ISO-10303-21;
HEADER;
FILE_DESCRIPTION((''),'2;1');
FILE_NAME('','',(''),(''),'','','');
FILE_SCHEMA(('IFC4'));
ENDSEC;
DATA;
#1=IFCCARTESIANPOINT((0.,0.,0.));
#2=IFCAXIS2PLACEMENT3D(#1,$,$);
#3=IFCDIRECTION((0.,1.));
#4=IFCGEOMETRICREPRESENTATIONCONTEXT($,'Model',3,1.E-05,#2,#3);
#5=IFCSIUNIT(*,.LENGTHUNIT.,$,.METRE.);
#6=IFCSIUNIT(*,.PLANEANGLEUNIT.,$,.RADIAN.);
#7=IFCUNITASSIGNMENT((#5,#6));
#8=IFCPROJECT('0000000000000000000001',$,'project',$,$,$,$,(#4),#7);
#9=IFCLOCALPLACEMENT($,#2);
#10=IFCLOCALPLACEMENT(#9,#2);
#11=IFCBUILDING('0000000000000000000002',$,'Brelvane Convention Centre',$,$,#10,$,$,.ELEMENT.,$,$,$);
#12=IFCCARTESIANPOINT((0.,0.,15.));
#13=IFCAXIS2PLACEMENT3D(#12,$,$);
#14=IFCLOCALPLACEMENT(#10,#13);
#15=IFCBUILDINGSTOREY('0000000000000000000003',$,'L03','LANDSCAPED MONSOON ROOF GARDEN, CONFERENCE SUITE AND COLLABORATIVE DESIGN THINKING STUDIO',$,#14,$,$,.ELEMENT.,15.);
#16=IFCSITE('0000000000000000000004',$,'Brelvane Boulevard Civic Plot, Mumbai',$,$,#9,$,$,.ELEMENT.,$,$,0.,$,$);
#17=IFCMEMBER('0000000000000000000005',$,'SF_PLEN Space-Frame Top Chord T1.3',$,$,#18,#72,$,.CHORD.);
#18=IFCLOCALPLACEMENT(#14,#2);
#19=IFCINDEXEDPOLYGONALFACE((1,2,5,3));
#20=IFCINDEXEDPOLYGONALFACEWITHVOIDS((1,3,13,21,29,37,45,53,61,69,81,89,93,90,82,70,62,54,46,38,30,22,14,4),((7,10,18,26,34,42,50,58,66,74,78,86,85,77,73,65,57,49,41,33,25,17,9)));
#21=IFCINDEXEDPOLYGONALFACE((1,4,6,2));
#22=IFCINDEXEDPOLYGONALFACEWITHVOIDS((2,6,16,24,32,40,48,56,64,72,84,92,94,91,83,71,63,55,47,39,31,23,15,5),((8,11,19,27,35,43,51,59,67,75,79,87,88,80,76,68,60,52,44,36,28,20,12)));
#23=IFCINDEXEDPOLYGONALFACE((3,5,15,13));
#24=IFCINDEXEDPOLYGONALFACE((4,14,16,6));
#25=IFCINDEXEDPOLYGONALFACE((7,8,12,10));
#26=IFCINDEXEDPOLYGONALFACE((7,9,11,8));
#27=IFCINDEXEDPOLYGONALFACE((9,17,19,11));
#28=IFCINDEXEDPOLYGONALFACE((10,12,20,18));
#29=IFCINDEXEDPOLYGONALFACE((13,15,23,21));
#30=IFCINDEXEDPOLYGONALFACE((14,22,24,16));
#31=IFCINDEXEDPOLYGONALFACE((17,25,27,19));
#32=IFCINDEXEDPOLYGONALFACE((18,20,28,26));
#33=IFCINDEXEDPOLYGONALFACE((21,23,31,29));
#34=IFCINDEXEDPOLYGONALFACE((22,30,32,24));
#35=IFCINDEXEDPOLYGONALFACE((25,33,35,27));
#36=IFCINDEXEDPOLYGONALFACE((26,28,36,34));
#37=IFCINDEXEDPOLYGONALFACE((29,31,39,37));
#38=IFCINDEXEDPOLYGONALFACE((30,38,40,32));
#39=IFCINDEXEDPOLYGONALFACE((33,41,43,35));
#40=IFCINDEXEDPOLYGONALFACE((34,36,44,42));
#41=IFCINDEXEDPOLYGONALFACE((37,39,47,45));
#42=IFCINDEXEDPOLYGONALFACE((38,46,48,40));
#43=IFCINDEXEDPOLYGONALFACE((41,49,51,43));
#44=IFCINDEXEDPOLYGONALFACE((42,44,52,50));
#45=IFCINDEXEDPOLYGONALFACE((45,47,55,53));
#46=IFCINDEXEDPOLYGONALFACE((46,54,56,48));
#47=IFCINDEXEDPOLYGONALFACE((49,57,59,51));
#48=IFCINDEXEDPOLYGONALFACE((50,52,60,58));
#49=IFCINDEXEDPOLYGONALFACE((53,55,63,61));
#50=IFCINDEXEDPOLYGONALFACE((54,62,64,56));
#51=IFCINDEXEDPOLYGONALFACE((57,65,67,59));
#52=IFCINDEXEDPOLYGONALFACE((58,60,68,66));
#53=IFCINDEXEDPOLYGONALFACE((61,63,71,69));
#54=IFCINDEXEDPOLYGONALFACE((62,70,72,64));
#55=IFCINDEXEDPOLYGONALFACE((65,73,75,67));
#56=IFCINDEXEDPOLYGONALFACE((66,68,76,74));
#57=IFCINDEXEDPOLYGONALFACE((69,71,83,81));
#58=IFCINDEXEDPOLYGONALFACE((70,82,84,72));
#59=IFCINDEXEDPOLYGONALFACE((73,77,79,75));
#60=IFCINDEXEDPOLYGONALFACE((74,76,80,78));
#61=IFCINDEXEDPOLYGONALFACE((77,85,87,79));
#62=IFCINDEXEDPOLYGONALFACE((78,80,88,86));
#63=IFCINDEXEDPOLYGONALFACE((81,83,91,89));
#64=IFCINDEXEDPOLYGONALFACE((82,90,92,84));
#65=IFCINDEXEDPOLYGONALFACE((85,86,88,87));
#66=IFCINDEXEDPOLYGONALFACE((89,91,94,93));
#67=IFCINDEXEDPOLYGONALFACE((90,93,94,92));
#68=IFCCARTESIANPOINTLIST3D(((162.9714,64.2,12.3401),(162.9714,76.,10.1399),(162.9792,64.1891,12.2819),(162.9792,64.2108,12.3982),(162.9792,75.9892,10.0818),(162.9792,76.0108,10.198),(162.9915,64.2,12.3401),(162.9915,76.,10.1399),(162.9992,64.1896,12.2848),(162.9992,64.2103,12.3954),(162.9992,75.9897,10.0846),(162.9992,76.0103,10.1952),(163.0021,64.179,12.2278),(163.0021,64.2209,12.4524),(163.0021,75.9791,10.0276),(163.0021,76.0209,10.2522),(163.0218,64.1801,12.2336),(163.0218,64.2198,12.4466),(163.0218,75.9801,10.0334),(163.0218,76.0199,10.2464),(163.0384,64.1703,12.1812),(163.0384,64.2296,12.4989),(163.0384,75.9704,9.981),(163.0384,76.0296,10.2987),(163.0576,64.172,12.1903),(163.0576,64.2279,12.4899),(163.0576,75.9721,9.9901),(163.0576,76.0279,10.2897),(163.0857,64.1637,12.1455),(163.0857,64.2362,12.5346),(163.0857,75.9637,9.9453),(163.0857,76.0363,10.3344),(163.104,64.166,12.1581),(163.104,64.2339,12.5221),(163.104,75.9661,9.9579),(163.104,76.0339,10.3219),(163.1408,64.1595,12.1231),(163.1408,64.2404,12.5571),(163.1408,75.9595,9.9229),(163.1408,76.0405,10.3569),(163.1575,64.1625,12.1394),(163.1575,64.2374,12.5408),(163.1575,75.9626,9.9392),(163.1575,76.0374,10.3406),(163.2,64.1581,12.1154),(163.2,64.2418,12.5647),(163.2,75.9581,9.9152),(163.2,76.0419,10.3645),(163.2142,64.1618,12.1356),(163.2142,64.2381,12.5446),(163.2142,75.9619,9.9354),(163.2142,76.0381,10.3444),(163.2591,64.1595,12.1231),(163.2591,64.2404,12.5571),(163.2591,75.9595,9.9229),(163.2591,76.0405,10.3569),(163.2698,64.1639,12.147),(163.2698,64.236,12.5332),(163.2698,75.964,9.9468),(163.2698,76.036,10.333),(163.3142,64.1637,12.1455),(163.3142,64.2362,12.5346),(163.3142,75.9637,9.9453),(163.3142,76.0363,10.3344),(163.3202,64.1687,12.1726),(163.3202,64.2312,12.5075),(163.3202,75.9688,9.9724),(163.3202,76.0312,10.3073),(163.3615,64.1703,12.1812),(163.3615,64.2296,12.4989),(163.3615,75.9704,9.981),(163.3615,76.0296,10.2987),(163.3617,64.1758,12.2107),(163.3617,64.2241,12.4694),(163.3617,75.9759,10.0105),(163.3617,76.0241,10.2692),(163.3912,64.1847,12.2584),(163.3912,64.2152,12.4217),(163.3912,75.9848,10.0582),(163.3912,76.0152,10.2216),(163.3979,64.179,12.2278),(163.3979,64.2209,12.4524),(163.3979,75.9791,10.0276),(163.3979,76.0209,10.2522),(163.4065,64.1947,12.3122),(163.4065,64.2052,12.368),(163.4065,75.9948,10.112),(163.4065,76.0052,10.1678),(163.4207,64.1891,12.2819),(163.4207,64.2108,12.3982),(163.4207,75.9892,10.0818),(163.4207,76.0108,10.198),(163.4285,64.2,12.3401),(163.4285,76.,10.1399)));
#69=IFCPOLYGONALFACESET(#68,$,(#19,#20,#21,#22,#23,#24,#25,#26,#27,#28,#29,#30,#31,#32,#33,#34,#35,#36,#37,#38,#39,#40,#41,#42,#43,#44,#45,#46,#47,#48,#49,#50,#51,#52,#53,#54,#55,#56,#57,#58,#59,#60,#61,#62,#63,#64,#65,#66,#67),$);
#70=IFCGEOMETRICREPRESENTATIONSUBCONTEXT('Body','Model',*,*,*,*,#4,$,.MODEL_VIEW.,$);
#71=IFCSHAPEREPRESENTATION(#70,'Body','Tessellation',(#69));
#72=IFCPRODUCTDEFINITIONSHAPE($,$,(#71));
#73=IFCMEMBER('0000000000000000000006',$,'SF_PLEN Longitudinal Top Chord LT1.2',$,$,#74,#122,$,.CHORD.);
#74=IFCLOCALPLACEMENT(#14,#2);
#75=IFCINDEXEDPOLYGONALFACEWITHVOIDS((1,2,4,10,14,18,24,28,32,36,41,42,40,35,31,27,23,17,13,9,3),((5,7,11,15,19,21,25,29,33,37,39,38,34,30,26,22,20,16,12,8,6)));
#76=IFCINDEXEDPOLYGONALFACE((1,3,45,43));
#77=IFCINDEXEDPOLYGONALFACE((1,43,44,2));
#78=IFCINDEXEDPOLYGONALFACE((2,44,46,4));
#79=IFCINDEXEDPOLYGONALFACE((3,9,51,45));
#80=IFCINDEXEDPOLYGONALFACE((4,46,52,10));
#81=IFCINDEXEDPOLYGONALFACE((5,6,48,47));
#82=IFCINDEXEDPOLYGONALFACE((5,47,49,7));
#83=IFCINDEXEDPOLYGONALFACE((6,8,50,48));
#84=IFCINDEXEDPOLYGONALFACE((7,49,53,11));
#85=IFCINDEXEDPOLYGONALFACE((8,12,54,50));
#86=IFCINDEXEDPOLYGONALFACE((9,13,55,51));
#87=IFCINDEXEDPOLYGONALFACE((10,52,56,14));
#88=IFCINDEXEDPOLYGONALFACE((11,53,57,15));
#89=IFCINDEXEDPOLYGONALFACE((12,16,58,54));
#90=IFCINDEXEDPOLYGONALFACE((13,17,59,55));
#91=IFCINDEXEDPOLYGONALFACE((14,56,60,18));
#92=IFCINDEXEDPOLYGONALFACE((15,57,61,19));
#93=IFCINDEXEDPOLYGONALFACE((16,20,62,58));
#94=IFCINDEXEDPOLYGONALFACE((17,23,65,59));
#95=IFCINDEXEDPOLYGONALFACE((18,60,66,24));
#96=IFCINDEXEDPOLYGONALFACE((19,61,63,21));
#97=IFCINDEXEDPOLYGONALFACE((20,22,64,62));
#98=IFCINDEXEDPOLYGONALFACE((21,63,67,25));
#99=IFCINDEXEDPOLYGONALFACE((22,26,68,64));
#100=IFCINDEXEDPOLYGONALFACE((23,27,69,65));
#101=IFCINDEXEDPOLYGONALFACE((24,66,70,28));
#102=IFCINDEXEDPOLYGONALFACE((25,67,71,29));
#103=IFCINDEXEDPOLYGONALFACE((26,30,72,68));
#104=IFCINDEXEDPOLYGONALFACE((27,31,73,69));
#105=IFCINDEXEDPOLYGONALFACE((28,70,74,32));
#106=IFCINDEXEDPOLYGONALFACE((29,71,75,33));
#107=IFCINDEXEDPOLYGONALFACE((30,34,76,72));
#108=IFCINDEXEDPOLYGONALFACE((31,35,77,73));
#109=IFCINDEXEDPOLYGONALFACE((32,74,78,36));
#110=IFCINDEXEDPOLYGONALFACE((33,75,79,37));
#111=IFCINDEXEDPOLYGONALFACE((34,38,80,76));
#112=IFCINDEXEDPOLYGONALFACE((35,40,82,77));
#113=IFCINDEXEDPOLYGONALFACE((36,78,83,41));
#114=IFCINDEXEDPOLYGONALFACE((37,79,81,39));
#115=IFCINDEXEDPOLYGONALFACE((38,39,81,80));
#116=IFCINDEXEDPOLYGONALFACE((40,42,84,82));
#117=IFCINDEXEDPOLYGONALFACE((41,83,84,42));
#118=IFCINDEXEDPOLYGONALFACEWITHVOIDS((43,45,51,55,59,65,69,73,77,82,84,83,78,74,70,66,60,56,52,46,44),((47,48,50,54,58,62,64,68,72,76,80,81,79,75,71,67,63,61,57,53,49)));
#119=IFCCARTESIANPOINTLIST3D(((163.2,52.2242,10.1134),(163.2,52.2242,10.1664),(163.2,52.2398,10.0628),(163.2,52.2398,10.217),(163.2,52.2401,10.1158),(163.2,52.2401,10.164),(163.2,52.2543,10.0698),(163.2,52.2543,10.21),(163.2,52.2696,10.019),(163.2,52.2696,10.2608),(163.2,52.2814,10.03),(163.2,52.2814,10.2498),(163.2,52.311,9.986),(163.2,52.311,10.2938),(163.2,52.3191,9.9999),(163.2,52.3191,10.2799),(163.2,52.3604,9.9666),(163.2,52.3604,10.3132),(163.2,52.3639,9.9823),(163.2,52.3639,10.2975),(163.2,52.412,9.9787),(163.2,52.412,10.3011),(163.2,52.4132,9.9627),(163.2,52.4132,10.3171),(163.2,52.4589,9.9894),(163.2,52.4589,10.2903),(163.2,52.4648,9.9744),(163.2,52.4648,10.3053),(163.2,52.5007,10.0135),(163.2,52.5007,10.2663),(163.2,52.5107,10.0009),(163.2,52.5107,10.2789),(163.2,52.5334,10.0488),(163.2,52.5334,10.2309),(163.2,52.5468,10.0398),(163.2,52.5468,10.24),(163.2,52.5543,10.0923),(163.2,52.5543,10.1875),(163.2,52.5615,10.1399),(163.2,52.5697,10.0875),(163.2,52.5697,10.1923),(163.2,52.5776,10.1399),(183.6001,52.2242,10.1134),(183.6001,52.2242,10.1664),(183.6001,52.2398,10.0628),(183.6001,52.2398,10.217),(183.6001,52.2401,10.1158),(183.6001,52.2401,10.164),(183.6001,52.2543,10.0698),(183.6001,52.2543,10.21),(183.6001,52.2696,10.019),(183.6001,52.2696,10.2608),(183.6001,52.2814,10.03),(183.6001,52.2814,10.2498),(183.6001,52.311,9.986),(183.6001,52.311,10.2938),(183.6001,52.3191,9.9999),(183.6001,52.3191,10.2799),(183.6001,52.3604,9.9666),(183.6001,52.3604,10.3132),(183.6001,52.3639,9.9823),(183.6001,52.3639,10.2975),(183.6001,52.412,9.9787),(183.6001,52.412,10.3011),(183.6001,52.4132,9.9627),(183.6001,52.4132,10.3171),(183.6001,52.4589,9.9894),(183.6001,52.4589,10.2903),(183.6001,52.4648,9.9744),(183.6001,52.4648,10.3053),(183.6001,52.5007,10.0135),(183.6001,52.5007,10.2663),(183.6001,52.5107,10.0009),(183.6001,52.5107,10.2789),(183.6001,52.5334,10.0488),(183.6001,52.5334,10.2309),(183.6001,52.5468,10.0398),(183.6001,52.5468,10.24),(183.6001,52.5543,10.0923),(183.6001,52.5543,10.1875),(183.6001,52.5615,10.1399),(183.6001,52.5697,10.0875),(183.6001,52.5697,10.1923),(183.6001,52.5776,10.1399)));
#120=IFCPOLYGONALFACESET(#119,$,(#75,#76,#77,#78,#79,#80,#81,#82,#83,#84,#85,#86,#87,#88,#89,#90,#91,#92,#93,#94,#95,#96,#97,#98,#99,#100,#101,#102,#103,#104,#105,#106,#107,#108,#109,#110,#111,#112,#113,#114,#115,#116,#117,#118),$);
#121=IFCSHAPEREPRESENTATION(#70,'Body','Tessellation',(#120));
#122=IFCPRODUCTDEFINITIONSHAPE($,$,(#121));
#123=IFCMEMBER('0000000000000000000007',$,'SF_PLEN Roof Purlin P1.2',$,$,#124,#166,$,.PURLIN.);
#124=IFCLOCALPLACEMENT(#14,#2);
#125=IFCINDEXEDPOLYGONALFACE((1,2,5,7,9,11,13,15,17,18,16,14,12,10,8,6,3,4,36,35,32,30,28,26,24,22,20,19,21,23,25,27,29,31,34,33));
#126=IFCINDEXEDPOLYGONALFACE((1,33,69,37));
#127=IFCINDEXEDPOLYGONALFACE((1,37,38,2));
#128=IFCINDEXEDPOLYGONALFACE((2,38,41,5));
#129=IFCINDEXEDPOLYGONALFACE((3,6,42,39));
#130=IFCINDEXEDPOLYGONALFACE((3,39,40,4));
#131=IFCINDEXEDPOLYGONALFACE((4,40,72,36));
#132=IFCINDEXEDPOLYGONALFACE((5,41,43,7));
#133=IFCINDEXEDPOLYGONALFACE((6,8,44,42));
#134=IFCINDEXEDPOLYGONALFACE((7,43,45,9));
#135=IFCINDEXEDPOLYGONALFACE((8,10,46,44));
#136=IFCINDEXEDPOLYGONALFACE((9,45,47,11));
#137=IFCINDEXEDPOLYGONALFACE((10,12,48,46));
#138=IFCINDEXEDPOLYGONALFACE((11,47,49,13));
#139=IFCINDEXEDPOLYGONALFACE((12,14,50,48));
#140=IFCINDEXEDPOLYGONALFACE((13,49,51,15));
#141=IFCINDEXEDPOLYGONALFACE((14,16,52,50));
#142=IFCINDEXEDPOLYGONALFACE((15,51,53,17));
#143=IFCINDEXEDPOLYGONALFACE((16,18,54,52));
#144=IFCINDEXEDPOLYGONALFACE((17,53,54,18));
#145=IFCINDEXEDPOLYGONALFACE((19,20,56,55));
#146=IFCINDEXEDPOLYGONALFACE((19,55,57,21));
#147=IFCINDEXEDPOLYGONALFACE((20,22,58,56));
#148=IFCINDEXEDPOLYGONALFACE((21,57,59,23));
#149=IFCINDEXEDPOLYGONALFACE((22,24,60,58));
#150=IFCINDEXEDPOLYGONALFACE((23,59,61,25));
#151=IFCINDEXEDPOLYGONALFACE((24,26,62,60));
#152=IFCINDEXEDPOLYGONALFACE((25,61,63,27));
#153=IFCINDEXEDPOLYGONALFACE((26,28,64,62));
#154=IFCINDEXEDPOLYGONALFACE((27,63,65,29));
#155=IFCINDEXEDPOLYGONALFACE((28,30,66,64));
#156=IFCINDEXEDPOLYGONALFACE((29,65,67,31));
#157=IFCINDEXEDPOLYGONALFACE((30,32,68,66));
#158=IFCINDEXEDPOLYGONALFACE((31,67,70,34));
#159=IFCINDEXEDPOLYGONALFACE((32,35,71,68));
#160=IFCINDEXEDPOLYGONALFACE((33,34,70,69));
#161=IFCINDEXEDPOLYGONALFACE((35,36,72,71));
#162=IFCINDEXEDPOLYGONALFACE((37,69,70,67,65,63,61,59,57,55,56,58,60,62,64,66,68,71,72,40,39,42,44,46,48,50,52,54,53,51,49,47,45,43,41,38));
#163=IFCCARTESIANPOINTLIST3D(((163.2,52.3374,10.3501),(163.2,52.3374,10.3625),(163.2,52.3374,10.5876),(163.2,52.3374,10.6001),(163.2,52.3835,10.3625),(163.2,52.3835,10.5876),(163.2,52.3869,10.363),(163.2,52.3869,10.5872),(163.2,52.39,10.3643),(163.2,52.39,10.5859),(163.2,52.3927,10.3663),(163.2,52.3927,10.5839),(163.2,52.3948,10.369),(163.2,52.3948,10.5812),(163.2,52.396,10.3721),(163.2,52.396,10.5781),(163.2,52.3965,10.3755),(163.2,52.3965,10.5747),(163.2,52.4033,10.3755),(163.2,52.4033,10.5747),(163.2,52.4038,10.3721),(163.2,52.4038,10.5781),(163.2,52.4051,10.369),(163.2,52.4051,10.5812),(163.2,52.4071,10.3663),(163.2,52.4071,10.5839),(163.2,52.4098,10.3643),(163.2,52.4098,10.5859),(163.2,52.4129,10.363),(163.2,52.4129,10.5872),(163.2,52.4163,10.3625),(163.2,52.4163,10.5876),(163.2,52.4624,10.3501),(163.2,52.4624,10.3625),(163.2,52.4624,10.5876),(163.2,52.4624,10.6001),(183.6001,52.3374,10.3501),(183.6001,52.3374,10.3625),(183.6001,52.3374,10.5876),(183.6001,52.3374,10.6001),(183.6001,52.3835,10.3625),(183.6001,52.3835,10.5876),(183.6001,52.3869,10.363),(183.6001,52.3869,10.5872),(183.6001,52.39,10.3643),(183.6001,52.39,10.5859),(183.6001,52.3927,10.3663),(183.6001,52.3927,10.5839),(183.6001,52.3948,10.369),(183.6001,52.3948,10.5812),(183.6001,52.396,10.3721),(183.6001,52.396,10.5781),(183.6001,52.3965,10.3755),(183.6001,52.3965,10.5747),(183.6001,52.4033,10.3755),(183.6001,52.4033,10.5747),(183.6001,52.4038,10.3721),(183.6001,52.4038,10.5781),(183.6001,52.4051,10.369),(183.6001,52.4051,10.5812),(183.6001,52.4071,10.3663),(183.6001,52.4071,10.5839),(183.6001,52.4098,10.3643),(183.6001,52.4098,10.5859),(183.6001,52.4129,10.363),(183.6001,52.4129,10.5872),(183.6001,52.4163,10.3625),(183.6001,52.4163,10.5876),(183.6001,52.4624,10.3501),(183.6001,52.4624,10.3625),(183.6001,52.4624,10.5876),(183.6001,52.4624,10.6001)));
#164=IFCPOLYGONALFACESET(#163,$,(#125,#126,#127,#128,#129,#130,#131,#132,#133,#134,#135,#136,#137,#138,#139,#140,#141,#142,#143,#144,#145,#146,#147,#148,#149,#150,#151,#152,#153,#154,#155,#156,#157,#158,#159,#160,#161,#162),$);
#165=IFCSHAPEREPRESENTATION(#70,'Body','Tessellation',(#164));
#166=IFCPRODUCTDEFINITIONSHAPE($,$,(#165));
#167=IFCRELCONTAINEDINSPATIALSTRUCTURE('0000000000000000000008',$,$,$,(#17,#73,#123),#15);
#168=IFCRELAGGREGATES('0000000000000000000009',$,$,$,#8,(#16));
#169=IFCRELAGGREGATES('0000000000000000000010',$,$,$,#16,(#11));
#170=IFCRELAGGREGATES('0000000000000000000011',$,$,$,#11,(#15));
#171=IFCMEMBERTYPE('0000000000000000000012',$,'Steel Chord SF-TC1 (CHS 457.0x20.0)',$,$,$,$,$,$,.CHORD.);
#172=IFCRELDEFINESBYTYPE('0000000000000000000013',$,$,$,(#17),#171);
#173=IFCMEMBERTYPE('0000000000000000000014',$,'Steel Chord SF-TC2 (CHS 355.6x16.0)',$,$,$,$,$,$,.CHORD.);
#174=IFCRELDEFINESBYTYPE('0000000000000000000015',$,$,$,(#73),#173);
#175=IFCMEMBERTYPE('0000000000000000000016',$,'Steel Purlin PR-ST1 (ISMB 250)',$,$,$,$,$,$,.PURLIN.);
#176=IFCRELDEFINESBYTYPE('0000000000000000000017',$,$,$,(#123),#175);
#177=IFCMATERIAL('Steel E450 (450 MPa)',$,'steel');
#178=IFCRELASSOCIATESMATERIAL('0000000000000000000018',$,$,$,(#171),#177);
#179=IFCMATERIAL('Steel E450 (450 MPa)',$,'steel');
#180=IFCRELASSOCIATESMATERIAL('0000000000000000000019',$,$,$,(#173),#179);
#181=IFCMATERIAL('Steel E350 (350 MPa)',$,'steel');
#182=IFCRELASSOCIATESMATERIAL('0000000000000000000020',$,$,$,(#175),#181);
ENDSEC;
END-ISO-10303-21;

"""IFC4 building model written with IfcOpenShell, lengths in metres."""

from ifc_helpers import new_model, si_unit, direction, frame, origin, origin_2d, place, context, subcontext, project, spatial, hollow_circle, i_section, extrude, material, material_profile, profile_set, type_object, element, save


model = new_model("IFC4")

# Units and contexts
model_context = context("Model", 3, precision=1e-05, world=origin(), true_north=direction((0.0, 1.0)))
body_context = subcontext(model_context, "Body", "Model", "MODEL_VIEW")
ifc_project = project(units=[si_unit("LENGTHUNIT", "METRE"), si_unit("PLANEANGLEUNIT", "RADIAN")], contexts=[model_context])

# Site, building, storey
site_placement = place(None, origin())
site = spatial("IfcSite", under=ifc_project, at=site_placement, Name="Brelvane Boulevard Civic Plot, Mumbai", CompositionType="ELEMENT", RefElevation=0.0)
building_placement = place(site_placement, origin())
building = spatial("IfcBuilding", under=site, at=building_placement, Name="Brelvane Convention Centre", CompositionType="ELEMENT")
storey_placement = place(building_placement, frame((0.0, 0.0, 15.0)))
storey = spatial("IfcBuildingStorey", under=building, at=storey_placement, Name="L03", Description="LANDSCAPED MONSOON ROOF GARDEN, CONFERENCE SUITE AND COLLABORATIVE DESIGN THINKING STUDIO", CompositionType="ELEMENT", Elevation=15.0)

# Members
ifc_material_1 = material(Name="Steel E450 (450 MPa)", Category="steel")
ifc_material_profile_1 = material_profile(ifc_material_1, hollow_circle(Radius=0.2285, WallThickness=0.02, at=origin_2d()), Name="CHS 457.0x20.0")
ifc_profile_set_1 = profile_set([ifc_material_profile_1], Name="Steel E450 (450 MPa)")
member_type_1 = type_object("IfcMemberType", Name="Steel Chord SF-TC1 (CHS 457.0x20.0)", PredefinedType="CHORD", material=ifc_profile_set_1)
for number, where, z_axis, x_axis, name in (
    (1, (163.2, 64.2, 12.3401), (0.0, 0.983058, -0.183297), (-1.0, 0.0, 0.0), "SF_PLEN Space-Frame Top Chord T1.3"),
):
    element("IfcMember", number, at=place(storey_placement, frame(where, z_axis=z_axis, x_axis=x_axis)), inside=storey, type_object=member_type_1, Name=name, PredefinedType="CHORD", context=body_context, shape_type="SweptSolid", body=[
        extrude(hollow_circle(Radius=0.2285, WallThickness=0.02, at=origin_2d()), origin(), (0.0, 0.0, 1.0), 12.0034),
    ])
ifc_material_2 = material(Name="Steel E450 (450 MPa)", Category="steel")
ifc_material_profile_2 = material_profile(ifc_material_2, hollow_circle(Radius=0.1777, WallThickness=0.0161, at=origin_2d()), Name="CHS 355.6x16.0")
ifc_profile_set_2 = profile_set([ifc_material_profile_2], Name="Steel E450 (450 MPa)")
member_type_2 = type_object("IfcMemberType", Name="Steel Chord SF-TC2 (CHS 355.6x16.0)", PredefinedType="CHORD", material=ifc_profile_set_2)
member_1_placement = place(storey_placement, frame((163.2, 52.3999, 10.1399), z_axis=(1.0, 0.0, 0.0), x_axis=(0.0, 1.0, 0.0)))
element("IfcMember", 2, at=member_1_placement, inside=storey, type_object=member_type_2, Name="SF_PLEN Longitudinal Top Chord LT1.2", PredefinedType="CHORD", context=body_context, shape_type="SweptSolid", body=[
    extrude(hollow_circle(Radius=0.1777, WallThickness=0.0161, at=origin_2d()), origin(), (0.0, 0.0, 1.0), 20.4001),
])
ifc_material_3 = material(Name="Steel E350 (350 MPa)", Category="steel")
ifc_material_profile_3 = material_profile(ifc_material_3, i_section(OverallWidth=0.125, OverallDepth=0.25, WebThickness=0.0068, FlangeThickness=0.0125, FilletRadius=0.0129, at=origin_2d()), Name="ISMB 250")
ifc_profile_set_3 = profile_set([ifc_material_profile_3], Name="Steel E350 (350 MPa)")
member_type_3 = type_object("IfcMemberType", Name="Steel Purlin PR-ST1 (ISMB 250)", PredefinedType="PURLIN", material=ifc_profile_set_3)
member_2_placement = place(storey_placement, frame((163.2, 52.3999, 10.4751), z_axis=(1.0, 0.0, 0.0), x_axis=(0.0, 1.0, 0.0)))
element("IfcMember", 3, at=member_2_placement, inside=storey, type_object=member_type_3, Name="SF_PLEN Roof Purlin P1.2", PredefinedType="PURLIN", context=body_context, shape_type="SweptSolid", body=[
    extrude(i_section(OverallWidth=0.125, OverallDepth=0.25, WebThickness=0.0068, FlangeThickness=0.0125, FilletRadius=0.0129, at=origin_2d()), origin(), (0.0, 0.0, 1.0), 20.4001),
])

save(model, "model.ifc")
